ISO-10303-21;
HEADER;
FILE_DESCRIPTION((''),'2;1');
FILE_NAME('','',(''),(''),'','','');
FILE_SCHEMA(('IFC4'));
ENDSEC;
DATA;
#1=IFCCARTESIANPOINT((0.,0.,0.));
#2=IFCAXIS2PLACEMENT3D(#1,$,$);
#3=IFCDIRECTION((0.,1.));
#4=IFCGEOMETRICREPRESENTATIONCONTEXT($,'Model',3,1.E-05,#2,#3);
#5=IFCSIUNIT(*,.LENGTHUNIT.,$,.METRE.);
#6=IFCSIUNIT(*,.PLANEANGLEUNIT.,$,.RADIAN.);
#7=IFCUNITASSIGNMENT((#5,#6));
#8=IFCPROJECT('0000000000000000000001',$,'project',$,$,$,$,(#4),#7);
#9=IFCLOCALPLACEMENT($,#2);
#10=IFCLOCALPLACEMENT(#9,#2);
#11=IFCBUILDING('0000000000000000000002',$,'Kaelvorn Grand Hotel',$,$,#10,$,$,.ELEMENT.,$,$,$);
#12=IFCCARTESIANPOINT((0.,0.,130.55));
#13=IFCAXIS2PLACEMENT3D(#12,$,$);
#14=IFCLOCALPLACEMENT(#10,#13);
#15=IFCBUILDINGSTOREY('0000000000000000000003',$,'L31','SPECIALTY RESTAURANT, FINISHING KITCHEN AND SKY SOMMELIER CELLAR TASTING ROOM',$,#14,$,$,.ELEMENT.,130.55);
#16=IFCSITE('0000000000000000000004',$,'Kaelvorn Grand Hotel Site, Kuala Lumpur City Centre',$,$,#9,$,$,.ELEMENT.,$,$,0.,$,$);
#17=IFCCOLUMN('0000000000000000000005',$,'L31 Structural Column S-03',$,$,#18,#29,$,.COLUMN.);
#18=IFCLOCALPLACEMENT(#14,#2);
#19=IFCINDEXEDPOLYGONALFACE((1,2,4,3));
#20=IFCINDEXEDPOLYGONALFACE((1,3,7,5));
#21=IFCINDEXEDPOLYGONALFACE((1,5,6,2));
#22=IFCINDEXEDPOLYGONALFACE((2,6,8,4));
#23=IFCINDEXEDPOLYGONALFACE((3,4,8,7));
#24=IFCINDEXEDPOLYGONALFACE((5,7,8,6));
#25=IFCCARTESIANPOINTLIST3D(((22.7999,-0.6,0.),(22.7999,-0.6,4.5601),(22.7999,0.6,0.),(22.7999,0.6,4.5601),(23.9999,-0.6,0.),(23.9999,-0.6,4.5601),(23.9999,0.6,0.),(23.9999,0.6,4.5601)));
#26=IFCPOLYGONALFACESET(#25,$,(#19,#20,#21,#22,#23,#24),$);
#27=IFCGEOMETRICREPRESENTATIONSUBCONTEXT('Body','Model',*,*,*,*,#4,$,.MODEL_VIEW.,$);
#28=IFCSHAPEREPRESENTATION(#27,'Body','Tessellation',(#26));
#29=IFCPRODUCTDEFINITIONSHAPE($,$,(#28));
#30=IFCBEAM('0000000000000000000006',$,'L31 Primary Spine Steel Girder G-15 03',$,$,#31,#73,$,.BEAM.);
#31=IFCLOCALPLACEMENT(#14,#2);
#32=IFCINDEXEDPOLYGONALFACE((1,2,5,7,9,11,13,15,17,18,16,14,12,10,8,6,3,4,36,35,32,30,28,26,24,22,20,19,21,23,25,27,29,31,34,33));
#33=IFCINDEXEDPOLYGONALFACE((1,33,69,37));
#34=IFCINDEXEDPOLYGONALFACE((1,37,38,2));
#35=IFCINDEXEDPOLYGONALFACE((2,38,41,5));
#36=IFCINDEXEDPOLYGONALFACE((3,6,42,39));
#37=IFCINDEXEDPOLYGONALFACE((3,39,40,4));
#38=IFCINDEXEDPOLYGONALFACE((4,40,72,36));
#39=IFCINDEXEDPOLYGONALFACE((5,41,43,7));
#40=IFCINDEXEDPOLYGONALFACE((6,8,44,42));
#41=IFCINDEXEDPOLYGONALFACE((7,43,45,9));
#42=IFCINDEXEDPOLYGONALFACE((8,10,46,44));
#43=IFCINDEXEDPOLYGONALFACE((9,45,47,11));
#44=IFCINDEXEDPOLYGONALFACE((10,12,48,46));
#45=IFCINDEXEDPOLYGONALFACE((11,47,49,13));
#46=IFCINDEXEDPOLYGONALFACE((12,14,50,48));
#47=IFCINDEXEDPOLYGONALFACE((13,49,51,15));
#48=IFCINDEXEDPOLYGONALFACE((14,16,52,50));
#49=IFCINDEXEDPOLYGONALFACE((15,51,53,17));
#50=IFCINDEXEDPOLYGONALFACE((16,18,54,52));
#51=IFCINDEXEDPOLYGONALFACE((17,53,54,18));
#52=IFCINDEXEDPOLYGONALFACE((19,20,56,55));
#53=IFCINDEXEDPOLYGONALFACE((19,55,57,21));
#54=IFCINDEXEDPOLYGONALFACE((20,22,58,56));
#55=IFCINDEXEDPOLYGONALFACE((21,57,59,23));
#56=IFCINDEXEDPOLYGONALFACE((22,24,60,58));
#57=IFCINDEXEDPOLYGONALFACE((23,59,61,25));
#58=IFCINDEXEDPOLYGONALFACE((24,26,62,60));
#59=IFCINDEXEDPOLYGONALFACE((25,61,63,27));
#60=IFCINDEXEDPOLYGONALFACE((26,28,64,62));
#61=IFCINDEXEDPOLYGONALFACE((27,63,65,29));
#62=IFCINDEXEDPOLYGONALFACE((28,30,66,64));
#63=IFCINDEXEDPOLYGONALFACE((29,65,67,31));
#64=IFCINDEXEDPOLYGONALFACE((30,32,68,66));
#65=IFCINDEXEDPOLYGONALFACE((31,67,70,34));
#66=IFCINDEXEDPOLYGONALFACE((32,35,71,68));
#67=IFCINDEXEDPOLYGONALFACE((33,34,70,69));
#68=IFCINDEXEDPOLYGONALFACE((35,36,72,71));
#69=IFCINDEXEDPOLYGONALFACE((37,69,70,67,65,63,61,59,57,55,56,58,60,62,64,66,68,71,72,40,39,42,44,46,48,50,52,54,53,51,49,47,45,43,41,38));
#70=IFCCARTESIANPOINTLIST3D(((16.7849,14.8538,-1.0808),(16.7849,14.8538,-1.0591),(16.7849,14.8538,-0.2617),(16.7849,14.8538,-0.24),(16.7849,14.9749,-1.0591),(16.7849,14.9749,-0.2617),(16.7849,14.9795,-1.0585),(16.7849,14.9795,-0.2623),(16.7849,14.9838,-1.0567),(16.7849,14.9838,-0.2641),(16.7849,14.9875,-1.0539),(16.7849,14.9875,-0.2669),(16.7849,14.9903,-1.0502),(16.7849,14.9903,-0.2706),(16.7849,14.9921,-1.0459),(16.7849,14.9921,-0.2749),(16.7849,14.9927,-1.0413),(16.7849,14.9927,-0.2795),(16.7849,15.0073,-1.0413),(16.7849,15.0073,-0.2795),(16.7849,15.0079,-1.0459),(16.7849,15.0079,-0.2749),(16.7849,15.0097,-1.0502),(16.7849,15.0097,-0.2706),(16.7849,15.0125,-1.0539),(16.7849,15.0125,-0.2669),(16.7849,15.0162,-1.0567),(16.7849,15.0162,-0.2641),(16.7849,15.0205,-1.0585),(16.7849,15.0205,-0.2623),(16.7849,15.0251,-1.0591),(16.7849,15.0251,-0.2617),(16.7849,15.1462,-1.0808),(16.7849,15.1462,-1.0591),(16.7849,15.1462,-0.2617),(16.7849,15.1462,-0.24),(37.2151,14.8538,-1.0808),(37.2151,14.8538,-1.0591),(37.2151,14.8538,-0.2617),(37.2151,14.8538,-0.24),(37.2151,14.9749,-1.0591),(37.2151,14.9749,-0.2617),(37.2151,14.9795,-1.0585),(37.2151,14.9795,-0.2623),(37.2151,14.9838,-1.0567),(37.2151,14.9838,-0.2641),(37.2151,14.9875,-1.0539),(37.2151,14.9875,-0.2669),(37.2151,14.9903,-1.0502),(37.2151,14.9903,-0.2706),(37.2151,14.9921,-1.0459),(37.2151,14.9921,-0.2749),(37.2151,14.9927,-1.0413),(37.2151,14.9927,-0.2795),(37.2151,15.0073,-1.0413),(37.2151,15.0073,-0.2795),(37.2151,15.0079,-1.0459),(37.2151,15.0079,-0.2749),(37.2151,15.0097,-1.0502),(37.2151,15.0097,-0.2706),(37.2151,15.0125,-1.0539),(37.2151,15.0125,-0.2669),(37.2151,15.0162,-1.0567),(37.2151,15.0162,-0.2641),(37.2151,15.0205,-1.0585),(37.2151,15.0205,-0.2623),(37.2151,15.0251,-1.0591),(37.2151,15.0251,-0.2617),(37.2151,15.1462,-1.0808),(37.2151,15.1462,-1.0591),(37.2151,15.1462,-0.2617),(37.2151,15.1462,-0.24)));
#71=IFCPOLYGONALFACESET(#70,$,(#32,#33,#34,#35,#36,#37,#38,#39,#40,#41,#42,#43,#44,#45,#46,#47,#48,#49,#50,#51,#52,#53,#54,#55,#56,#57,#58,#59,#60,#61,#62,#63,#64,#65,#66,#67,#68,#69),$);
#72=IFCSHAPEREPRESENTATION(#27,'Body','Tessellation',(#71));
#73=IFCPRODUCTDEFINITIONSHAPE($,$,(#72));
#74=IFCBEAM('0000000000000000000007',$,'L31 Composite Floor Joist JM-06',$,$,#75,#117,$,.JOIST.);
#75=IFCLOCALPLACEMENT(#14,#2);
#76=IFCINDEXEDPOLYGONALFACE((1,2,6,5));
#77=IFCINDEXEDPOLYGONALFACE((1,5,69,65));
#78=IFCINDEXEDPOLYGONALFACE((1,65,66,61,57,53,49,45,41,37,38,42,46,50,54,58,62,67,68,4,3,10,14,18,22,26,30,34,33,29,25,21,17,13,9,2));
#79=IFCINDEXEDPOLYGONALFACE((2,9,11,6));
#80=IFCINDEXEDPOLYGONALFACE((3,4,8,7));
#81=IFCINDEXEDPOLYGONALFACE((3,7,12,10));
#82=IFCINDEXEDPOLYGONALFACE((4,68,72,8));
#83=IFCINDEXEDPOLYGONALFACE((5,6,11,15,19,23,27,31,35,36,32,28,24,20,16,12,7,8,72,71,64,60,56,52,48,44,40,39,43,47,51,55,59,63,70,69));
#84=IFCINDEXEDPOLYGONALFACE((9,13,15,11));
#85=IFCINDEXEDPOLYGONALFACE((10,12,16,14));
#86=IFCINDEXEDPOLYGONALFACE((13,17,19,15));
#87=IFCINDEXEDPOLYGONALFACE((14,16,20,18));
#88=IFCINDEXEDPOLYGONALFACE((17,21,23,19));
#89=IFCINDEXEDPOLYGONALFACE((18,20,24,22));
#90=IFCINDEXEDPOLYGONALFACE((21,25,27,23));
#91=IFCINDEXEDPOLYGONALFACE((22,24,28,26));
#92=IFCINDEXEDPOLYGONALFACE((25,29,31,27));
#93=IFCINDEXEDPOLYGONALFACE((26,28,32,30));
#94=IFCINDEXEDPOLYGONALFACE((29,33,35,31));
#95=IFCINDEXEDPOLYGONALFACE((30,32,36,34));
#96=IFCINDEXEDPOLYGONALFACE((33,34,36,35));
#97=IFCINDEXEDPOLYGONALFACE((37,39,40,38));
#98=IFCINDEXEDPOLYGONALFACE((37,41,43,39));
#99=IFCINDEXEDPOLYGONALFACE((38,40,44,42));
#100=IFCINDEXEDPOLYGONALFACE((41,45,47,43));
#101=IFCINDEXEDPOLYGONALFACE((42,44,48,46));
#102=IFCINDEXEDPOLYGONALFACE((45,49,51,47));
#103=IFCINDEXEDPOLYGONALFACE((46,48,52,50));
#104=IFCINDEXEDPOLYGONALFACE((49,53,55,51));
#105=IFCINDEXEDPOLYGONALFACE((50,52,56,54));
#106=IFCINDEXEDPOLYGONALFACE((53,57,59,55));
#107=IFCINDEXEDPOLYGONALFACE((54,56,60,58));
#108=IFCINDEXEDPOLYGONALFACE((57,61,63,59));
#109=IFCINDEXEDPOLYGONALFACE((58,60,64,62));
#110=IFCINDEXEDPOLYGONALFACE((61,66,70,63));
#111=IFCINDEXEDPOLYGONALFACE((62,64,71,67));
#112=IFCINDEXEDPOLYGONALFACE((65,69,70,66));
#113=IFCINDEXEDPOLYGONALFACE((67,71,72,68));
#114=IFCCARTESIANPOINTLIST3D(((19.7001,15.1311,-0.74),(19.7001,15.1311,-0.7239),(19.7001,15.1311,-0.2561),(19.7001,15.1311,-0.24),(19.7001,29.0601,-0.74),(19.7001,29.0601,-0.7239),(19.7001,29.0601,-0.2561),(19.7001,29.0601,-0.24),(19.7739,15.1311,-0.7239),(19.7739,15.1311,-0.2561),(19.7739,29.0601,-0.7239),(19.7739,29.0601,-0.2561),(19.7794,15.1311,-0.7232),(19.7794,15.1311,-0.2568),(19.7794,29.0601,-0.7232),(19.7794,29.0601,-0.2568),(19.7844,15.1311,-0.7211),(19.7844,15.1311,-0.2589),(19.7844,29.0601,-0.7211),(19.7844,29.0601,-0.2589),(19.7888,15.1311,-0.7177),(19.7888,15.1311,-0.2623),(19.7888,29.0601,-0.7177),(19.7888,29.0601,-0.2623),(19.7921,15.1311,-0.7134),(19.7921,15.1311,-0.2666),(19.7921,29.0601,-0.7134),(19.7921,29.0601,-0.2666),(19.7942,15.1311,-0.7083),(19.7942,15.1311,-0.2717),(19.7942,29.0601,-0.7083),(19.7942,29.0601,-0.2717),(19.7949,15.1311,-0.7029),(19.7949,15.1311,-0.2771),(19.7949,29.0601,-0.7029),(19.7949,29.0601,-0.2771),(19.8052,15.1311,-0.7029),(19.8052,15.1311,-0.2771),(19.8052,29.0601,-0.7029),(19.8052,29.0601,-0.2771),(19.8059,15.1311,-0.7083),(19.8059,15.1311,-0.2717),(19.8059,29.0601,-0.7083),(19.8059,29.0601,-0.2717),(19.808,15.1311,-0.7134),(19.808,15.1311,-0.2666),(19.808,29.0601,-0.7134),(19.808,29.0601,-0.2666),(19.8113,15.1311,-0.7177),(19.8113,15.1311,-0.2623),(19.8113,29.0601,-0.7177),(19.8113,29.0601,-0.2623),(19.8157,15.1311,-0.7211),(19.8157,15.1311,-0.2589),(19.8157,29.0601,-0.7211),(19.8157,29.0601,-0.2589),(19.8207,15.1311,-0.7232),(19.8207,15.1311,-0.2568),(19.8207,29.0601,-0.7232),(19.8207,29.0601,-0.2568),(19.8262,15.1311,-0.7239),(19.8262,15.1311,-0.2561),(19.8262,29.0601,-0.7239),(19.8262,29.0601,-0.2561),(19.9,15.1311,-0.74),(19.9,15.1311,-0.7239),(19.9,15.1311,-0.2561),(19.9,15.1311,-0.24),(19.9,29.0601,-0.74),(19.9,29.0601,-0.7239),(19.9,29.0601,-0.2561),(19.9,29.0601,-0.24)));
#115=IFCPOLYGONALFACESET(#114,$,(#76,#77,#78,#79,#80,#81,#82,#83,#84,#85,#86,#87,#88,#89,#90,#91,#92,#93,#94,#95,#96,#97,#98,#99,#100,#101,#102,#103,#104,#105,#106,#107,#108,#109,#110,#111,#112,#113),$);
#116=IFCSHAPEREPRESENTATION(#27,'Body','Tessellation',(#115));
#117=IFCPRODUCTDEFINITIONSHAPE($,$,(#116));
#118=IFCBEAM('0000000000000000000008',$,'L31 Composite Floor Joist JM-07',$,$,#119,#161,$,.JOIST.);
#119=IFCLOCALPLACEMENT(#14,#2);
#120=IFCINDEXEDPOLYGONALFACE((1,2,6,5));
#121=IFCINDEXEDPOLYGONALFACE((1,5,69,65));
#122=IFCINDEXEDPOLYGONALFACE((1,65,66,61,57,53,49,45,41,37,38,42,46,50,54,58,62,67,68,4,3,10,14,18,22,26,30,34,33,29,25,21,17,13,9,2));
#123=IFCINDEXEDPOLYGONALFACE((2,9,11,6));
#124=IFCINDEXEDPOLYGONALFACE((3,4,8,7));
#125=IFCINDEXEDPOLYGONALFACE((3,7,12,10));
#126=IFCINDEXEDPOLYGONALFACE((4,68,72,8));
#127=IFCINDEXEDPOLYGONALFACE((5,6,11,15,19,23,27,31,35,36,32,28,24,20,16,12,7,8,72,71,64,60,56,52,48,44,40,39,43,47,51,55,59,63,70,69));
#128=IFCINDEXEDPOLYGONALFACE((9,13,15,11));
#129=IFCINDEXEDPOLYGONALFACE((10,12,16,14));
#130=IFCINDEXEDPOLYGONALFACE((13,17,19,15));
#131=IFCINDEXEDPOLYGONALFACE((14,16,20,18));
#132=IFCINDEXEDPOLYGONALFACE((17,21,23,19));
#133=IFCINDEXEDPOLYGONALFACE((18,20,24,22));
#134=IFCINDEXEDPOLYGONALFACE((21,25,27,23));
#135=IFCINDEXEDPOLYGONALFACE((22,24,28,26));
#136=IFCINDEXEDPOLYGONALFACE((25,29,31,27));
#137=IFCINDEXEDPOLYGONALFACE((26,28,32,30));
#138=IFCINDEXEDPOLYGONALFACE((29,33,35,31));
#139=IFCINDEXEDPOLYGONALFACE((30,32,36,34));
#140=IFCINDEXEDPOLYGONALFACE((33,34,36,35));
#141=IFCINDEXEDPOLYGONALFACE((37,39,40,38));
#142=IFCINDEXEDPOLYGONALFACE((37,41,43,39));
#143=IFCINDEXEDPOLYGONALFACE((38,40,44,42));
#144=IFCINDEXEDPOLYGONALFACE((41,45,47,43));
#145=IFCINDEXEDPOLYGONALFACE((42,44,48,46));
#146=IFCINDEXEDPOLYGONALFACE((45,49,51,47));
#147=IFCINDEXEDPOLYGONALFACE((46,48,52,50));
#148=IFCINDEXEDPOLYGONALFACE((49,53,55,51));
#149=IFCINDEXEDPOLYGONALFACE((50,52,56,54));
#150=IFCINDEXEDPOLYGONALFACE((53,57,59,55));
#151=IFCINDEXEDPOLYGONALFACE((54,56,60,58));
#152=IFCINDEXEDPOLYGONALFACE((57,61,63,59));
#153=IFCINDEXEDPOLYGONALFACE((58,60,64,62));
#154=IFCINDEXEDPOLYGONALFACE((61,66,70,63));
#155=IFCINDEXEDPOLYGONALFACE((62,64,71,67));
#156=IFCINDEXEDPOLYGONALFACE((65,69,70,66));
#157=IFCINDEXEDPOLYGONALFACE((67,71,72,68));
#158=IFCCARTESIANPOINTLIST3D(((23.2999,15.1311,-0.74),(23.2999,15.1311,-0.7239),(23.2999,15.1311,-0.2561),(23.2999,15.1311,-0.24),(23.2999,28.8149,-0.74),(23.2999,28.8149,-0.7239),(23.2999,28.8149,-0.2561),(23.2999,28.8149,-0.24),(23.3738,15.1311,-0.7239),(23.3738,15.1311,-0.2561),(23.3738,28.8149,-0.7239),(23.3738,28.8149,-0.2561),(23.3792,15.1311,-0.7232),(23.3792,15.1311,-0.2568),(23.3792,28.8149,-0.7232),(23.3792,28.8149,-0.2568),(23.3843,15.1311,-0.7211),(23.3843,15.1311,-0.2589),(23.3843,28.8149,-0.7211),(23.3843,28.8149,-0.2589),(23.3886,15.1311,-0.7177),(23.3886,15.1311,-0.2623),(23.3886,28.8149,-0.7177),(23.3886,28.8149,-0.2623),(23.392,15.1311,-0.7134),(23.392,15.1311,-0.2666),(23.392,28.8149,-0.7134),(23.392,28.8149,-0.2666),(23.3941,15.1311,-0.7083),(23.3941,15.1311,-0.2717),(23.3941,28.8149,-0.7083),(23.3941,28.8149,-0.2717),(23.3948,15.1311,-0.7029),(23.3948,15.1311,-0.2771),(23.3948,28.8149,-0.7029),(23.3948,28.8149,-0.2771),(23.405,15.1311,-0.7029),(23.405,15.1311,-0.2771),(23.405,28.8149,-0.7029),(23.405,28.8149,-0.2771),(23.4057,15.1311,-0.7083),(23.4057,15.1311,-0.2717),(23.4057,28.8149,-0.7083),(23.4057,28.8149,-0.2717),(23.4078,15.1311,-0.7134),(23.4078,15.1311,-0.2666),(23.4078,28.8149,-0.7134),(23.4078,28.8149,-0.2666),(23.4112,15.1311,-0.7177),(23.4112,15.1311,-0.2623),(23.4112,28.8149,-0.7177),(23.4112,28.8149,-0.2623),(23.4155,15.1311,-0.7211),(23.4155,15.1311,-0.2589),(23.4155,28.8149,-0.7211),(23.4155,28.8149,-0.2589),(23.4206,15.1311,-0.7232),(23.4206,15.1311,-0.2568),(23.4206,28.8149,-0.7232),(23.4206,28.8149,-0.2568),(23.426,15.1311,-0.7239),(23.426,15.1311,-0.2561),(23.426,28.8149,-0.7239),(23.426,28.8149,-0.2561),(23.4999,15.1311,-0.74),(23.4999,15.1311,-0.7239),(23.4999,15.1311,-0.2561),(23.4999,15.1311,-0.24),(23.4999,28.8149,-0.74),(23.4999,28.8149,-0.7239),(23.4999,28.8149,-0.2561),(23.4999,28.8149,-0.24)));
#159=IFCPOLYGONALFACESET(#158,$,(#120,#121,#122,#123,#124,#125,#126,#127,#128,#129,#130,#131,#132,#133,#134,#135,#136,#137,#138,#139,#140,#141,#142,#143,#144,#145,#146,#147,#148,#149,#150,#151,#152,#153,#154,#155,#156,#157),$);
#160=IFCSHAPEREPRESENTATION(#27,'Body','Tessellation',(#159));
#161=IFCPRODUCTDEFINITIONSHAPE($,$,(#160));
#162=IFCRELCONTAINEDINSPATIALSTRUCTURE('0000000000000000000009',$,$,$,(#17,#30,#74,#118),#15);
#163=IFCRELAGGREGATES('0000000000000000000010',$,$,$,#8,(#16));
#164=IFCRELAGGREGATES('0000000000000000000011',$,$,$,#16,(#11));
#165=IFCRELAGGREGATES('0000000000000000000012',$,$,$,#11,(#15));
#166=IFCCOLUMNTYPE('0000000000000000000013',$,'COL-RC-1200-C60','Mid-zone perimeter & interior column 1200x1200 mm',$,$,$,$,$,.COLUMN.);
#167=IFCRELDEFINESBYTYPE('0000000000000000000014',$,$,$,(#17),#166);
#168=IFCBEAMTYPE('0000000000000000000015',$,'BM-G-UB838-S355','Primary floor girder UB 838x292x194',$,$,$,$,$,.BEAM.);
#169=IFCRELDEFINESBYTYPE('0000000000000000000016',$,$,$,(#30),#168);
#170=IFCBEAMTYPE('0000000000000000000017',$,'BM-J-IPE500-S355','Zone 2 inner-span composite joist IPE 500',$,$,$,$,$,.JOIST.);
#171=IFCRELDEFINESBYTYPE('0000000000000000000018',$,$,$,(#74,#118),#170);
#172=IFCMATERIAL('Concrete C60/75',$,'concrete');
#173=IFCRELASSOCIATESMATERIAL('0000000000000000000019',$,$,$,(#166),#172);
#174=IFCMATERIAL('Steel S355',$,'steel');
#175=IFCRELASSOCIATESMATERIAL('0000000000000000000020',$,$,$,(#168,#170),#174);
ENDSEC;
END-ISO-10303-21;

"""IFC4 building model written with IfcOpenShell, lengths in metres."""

from ifc_helpers import new_model, si_unit, direction, frame, origin, origin_2d, place, context, subcontext, project, spatial, rectangle, i_section, extrude, material, material_profile, profile_set, type_object, element, save


model = new_model("IFC4")

# Units and contexts
model_context = context("Model", 3, precision=1e-05, world=origin(), true_north=direction((0.0, 1.0)))
body_context = subcontext(model_context, "Body", "Model", "MODEL_VIEW")
ifc_project = project(units=[si_unit("LENGTHUNIT", "METRE"), si_unit("PLANEANGLEUNIT", "RADIAN")], contexts=[model_context])

# Site, building, storey
site_placement = place(None, origin())
site = spatial("IfcSite", under=ifc_project, at=site_placement, Name="Kaelvorn Grand Hotel Site, Kuala Lumpur City Centre", CompositionType="ELEMENT", RefElevation=0.0)
building_placement = place(site_placement, origin())
building = spatial("IfcBuilding", under=site, at=building_placement, Name="Kaelvorn Grand Hotel", CompositionType="ELEMENT")
storey_placement = place(building_placement, frame((0.0, 0.0, 130.55)))
storey = spatial("IfcBuildingStorey", under=building, at=storey_placement, Name="L31", Description="SPECIALTY RESTAURANT, FINISHING KITCHEN AND SKY SOMMELIER CELLAR TASTING ROOM", CompositionType="ELEMENT", Elevation=130.55)

# Column
ifc_material_1 = material(Name="Concrete C60/75", Category="concrete")
ifc_material_profile_1 = material_profile(ifc_material_1, rectangle(XDim=1.2, YDim=1.2, at=origin_2d()), Name="RC COL 1200x1200")
ifc_profile_set_1 = profile_set([ifc_material_profile_1], Name="Concrete C60/75")
column_type = type_object("IfcColumnType", Name="COL-RC-1200-C60", Description="Mid-zone perimeter & interior column 1200x1200 mm", PredefinedType="COLUMN", material=ifc_profile_set_1)
column_placement = place(storey_placement, frame((23.3999, 0.0, 0.0), z_axis=(0.0, 0.0, 1.0), x_axis=(1.0, 0.0, 0.0)))
element("IfcColumn", 1, at=column_placement, inside=storey, type_object=column_type, Name="L31 Structural Column S-03", PredefinedType="COLUMN", context=body_context, shape_type="SweptSolid", body=[
    extrude(rectangle(XDim=1.2, YDim=1.2, at=origin_2d()), origin(), (0.0, 0.0, 1.0), 4.5601),
])

# Beams
ifc_material_2 = material(Name="Steel S355", Category="steel")
ifc_material_profile_2 = material_profile(ifc_material_2, i_section(OverallWidth=0.2925, OverallDepth=0.8408, WebThickness=0.0146, FlangeThickness=0.0217, FilletRadius=0.0178, at=origin_2d()), Name="UB 838x292x194")
ifc_profile_set_2 = profile_set([ifc_material_profile_2], Name="Steel S355")
beam_type_1 = type_object("IfcBeamType", Name="BM-G-UB838-S355", Description="Primary floor girder UB 838x292x194", PredefinedType="BEAM", material=ifc_profile_set_2)
beam_1_placement = place(storey_placement, frame((16.7849, 15.0, -0.6604), z_axis=(1.0, 0.0, 0.0), x_axis=(0.0, 1.0, 0.0)))
element("IfcBeam", 2, at=beam_1_placement, inside=storey, type_object=beam_type_1, Name="L31 Primary Spine Steel Girder G-15 03", PredefinedType="BEAM", context=body_context, shape_type="SweptSolid", body=[
    extrude(i_section(OverallWidth=0.2925, OverallDepth=0.8408, WebThickness=0.0146, FlangeThickness=0.0217, FilletRadius=0.0178, at=origin_2d()), origin(), (0.0, 0.0, 1.0), 20.4302),
])
ifc_material_profile_3 = material_profile(ifc_material_2, i_section(OverallWidth=0.2, OverallDepth=0.5, WebThickness=0.0103, FlangeThickness=0.0161, FilletRadius=0.021, at=origin_2d()), Name="IPE 500")
ifc_profile_set_3 = profile_set([ifc_material_profile_3], Name="Steel S355")
beam_type_2 = type_object("IfcBeamType", Name="BM-J-IPE500-S355", Description="Zone 2 inner-span composite joist IPE 500", PredefinedType="JOIST", material=ifc_profile_set_3)
beam_2_placement = place(storey_placement, frame((19.8, 15.1311, -0.49), z_axis=(0.0, 1.0, 0.0), x_axis=(-1.0, 0.0, 0.0)))
element("IfcBeam", 3, at=beam_2_placement, inside=storey, type_object=beam_type_2, Name="L31 Composite Floor Joist JM-06", PredefinedType="JOIST", context=body_context, shape_type="SweptSolid", body=[
    extrude(i_section(OverallWidth=0.2, OverallDepth=0.5, WebThickness=0.0103, FlangeThickness=0.0161, FilletRadius=0.021, at=origin_2d()), origin(), (0.0, 0.0, 1.0), 13.929),
])
beam_3_placement = place(storey_placement, frame((23.3999, 15.1311, -0.49), z_axis=(0.0, 1.0, 0.0), x_axis=(-1.0, 0.0, 0.0)))
element("IfcBeam", 4, at=beam_3_placement, inside=storey, type_object=beam_type_2, Name="L31 Composite Floor Joist JM-07", PredefinedType="JOIST", context=body_context, shape_type="SweptSolid", body=[
    extrude(i_section(OverallWidth=0.2, OverallDepth=0.5, WebThickness=0.0103, FlangeThickness=0.0161, FilletRadius=0.021, at=origin_2d()), origin(), (0.0, 0.0, 1.0), 13.6838),
])

save(model, "model.ifc")
